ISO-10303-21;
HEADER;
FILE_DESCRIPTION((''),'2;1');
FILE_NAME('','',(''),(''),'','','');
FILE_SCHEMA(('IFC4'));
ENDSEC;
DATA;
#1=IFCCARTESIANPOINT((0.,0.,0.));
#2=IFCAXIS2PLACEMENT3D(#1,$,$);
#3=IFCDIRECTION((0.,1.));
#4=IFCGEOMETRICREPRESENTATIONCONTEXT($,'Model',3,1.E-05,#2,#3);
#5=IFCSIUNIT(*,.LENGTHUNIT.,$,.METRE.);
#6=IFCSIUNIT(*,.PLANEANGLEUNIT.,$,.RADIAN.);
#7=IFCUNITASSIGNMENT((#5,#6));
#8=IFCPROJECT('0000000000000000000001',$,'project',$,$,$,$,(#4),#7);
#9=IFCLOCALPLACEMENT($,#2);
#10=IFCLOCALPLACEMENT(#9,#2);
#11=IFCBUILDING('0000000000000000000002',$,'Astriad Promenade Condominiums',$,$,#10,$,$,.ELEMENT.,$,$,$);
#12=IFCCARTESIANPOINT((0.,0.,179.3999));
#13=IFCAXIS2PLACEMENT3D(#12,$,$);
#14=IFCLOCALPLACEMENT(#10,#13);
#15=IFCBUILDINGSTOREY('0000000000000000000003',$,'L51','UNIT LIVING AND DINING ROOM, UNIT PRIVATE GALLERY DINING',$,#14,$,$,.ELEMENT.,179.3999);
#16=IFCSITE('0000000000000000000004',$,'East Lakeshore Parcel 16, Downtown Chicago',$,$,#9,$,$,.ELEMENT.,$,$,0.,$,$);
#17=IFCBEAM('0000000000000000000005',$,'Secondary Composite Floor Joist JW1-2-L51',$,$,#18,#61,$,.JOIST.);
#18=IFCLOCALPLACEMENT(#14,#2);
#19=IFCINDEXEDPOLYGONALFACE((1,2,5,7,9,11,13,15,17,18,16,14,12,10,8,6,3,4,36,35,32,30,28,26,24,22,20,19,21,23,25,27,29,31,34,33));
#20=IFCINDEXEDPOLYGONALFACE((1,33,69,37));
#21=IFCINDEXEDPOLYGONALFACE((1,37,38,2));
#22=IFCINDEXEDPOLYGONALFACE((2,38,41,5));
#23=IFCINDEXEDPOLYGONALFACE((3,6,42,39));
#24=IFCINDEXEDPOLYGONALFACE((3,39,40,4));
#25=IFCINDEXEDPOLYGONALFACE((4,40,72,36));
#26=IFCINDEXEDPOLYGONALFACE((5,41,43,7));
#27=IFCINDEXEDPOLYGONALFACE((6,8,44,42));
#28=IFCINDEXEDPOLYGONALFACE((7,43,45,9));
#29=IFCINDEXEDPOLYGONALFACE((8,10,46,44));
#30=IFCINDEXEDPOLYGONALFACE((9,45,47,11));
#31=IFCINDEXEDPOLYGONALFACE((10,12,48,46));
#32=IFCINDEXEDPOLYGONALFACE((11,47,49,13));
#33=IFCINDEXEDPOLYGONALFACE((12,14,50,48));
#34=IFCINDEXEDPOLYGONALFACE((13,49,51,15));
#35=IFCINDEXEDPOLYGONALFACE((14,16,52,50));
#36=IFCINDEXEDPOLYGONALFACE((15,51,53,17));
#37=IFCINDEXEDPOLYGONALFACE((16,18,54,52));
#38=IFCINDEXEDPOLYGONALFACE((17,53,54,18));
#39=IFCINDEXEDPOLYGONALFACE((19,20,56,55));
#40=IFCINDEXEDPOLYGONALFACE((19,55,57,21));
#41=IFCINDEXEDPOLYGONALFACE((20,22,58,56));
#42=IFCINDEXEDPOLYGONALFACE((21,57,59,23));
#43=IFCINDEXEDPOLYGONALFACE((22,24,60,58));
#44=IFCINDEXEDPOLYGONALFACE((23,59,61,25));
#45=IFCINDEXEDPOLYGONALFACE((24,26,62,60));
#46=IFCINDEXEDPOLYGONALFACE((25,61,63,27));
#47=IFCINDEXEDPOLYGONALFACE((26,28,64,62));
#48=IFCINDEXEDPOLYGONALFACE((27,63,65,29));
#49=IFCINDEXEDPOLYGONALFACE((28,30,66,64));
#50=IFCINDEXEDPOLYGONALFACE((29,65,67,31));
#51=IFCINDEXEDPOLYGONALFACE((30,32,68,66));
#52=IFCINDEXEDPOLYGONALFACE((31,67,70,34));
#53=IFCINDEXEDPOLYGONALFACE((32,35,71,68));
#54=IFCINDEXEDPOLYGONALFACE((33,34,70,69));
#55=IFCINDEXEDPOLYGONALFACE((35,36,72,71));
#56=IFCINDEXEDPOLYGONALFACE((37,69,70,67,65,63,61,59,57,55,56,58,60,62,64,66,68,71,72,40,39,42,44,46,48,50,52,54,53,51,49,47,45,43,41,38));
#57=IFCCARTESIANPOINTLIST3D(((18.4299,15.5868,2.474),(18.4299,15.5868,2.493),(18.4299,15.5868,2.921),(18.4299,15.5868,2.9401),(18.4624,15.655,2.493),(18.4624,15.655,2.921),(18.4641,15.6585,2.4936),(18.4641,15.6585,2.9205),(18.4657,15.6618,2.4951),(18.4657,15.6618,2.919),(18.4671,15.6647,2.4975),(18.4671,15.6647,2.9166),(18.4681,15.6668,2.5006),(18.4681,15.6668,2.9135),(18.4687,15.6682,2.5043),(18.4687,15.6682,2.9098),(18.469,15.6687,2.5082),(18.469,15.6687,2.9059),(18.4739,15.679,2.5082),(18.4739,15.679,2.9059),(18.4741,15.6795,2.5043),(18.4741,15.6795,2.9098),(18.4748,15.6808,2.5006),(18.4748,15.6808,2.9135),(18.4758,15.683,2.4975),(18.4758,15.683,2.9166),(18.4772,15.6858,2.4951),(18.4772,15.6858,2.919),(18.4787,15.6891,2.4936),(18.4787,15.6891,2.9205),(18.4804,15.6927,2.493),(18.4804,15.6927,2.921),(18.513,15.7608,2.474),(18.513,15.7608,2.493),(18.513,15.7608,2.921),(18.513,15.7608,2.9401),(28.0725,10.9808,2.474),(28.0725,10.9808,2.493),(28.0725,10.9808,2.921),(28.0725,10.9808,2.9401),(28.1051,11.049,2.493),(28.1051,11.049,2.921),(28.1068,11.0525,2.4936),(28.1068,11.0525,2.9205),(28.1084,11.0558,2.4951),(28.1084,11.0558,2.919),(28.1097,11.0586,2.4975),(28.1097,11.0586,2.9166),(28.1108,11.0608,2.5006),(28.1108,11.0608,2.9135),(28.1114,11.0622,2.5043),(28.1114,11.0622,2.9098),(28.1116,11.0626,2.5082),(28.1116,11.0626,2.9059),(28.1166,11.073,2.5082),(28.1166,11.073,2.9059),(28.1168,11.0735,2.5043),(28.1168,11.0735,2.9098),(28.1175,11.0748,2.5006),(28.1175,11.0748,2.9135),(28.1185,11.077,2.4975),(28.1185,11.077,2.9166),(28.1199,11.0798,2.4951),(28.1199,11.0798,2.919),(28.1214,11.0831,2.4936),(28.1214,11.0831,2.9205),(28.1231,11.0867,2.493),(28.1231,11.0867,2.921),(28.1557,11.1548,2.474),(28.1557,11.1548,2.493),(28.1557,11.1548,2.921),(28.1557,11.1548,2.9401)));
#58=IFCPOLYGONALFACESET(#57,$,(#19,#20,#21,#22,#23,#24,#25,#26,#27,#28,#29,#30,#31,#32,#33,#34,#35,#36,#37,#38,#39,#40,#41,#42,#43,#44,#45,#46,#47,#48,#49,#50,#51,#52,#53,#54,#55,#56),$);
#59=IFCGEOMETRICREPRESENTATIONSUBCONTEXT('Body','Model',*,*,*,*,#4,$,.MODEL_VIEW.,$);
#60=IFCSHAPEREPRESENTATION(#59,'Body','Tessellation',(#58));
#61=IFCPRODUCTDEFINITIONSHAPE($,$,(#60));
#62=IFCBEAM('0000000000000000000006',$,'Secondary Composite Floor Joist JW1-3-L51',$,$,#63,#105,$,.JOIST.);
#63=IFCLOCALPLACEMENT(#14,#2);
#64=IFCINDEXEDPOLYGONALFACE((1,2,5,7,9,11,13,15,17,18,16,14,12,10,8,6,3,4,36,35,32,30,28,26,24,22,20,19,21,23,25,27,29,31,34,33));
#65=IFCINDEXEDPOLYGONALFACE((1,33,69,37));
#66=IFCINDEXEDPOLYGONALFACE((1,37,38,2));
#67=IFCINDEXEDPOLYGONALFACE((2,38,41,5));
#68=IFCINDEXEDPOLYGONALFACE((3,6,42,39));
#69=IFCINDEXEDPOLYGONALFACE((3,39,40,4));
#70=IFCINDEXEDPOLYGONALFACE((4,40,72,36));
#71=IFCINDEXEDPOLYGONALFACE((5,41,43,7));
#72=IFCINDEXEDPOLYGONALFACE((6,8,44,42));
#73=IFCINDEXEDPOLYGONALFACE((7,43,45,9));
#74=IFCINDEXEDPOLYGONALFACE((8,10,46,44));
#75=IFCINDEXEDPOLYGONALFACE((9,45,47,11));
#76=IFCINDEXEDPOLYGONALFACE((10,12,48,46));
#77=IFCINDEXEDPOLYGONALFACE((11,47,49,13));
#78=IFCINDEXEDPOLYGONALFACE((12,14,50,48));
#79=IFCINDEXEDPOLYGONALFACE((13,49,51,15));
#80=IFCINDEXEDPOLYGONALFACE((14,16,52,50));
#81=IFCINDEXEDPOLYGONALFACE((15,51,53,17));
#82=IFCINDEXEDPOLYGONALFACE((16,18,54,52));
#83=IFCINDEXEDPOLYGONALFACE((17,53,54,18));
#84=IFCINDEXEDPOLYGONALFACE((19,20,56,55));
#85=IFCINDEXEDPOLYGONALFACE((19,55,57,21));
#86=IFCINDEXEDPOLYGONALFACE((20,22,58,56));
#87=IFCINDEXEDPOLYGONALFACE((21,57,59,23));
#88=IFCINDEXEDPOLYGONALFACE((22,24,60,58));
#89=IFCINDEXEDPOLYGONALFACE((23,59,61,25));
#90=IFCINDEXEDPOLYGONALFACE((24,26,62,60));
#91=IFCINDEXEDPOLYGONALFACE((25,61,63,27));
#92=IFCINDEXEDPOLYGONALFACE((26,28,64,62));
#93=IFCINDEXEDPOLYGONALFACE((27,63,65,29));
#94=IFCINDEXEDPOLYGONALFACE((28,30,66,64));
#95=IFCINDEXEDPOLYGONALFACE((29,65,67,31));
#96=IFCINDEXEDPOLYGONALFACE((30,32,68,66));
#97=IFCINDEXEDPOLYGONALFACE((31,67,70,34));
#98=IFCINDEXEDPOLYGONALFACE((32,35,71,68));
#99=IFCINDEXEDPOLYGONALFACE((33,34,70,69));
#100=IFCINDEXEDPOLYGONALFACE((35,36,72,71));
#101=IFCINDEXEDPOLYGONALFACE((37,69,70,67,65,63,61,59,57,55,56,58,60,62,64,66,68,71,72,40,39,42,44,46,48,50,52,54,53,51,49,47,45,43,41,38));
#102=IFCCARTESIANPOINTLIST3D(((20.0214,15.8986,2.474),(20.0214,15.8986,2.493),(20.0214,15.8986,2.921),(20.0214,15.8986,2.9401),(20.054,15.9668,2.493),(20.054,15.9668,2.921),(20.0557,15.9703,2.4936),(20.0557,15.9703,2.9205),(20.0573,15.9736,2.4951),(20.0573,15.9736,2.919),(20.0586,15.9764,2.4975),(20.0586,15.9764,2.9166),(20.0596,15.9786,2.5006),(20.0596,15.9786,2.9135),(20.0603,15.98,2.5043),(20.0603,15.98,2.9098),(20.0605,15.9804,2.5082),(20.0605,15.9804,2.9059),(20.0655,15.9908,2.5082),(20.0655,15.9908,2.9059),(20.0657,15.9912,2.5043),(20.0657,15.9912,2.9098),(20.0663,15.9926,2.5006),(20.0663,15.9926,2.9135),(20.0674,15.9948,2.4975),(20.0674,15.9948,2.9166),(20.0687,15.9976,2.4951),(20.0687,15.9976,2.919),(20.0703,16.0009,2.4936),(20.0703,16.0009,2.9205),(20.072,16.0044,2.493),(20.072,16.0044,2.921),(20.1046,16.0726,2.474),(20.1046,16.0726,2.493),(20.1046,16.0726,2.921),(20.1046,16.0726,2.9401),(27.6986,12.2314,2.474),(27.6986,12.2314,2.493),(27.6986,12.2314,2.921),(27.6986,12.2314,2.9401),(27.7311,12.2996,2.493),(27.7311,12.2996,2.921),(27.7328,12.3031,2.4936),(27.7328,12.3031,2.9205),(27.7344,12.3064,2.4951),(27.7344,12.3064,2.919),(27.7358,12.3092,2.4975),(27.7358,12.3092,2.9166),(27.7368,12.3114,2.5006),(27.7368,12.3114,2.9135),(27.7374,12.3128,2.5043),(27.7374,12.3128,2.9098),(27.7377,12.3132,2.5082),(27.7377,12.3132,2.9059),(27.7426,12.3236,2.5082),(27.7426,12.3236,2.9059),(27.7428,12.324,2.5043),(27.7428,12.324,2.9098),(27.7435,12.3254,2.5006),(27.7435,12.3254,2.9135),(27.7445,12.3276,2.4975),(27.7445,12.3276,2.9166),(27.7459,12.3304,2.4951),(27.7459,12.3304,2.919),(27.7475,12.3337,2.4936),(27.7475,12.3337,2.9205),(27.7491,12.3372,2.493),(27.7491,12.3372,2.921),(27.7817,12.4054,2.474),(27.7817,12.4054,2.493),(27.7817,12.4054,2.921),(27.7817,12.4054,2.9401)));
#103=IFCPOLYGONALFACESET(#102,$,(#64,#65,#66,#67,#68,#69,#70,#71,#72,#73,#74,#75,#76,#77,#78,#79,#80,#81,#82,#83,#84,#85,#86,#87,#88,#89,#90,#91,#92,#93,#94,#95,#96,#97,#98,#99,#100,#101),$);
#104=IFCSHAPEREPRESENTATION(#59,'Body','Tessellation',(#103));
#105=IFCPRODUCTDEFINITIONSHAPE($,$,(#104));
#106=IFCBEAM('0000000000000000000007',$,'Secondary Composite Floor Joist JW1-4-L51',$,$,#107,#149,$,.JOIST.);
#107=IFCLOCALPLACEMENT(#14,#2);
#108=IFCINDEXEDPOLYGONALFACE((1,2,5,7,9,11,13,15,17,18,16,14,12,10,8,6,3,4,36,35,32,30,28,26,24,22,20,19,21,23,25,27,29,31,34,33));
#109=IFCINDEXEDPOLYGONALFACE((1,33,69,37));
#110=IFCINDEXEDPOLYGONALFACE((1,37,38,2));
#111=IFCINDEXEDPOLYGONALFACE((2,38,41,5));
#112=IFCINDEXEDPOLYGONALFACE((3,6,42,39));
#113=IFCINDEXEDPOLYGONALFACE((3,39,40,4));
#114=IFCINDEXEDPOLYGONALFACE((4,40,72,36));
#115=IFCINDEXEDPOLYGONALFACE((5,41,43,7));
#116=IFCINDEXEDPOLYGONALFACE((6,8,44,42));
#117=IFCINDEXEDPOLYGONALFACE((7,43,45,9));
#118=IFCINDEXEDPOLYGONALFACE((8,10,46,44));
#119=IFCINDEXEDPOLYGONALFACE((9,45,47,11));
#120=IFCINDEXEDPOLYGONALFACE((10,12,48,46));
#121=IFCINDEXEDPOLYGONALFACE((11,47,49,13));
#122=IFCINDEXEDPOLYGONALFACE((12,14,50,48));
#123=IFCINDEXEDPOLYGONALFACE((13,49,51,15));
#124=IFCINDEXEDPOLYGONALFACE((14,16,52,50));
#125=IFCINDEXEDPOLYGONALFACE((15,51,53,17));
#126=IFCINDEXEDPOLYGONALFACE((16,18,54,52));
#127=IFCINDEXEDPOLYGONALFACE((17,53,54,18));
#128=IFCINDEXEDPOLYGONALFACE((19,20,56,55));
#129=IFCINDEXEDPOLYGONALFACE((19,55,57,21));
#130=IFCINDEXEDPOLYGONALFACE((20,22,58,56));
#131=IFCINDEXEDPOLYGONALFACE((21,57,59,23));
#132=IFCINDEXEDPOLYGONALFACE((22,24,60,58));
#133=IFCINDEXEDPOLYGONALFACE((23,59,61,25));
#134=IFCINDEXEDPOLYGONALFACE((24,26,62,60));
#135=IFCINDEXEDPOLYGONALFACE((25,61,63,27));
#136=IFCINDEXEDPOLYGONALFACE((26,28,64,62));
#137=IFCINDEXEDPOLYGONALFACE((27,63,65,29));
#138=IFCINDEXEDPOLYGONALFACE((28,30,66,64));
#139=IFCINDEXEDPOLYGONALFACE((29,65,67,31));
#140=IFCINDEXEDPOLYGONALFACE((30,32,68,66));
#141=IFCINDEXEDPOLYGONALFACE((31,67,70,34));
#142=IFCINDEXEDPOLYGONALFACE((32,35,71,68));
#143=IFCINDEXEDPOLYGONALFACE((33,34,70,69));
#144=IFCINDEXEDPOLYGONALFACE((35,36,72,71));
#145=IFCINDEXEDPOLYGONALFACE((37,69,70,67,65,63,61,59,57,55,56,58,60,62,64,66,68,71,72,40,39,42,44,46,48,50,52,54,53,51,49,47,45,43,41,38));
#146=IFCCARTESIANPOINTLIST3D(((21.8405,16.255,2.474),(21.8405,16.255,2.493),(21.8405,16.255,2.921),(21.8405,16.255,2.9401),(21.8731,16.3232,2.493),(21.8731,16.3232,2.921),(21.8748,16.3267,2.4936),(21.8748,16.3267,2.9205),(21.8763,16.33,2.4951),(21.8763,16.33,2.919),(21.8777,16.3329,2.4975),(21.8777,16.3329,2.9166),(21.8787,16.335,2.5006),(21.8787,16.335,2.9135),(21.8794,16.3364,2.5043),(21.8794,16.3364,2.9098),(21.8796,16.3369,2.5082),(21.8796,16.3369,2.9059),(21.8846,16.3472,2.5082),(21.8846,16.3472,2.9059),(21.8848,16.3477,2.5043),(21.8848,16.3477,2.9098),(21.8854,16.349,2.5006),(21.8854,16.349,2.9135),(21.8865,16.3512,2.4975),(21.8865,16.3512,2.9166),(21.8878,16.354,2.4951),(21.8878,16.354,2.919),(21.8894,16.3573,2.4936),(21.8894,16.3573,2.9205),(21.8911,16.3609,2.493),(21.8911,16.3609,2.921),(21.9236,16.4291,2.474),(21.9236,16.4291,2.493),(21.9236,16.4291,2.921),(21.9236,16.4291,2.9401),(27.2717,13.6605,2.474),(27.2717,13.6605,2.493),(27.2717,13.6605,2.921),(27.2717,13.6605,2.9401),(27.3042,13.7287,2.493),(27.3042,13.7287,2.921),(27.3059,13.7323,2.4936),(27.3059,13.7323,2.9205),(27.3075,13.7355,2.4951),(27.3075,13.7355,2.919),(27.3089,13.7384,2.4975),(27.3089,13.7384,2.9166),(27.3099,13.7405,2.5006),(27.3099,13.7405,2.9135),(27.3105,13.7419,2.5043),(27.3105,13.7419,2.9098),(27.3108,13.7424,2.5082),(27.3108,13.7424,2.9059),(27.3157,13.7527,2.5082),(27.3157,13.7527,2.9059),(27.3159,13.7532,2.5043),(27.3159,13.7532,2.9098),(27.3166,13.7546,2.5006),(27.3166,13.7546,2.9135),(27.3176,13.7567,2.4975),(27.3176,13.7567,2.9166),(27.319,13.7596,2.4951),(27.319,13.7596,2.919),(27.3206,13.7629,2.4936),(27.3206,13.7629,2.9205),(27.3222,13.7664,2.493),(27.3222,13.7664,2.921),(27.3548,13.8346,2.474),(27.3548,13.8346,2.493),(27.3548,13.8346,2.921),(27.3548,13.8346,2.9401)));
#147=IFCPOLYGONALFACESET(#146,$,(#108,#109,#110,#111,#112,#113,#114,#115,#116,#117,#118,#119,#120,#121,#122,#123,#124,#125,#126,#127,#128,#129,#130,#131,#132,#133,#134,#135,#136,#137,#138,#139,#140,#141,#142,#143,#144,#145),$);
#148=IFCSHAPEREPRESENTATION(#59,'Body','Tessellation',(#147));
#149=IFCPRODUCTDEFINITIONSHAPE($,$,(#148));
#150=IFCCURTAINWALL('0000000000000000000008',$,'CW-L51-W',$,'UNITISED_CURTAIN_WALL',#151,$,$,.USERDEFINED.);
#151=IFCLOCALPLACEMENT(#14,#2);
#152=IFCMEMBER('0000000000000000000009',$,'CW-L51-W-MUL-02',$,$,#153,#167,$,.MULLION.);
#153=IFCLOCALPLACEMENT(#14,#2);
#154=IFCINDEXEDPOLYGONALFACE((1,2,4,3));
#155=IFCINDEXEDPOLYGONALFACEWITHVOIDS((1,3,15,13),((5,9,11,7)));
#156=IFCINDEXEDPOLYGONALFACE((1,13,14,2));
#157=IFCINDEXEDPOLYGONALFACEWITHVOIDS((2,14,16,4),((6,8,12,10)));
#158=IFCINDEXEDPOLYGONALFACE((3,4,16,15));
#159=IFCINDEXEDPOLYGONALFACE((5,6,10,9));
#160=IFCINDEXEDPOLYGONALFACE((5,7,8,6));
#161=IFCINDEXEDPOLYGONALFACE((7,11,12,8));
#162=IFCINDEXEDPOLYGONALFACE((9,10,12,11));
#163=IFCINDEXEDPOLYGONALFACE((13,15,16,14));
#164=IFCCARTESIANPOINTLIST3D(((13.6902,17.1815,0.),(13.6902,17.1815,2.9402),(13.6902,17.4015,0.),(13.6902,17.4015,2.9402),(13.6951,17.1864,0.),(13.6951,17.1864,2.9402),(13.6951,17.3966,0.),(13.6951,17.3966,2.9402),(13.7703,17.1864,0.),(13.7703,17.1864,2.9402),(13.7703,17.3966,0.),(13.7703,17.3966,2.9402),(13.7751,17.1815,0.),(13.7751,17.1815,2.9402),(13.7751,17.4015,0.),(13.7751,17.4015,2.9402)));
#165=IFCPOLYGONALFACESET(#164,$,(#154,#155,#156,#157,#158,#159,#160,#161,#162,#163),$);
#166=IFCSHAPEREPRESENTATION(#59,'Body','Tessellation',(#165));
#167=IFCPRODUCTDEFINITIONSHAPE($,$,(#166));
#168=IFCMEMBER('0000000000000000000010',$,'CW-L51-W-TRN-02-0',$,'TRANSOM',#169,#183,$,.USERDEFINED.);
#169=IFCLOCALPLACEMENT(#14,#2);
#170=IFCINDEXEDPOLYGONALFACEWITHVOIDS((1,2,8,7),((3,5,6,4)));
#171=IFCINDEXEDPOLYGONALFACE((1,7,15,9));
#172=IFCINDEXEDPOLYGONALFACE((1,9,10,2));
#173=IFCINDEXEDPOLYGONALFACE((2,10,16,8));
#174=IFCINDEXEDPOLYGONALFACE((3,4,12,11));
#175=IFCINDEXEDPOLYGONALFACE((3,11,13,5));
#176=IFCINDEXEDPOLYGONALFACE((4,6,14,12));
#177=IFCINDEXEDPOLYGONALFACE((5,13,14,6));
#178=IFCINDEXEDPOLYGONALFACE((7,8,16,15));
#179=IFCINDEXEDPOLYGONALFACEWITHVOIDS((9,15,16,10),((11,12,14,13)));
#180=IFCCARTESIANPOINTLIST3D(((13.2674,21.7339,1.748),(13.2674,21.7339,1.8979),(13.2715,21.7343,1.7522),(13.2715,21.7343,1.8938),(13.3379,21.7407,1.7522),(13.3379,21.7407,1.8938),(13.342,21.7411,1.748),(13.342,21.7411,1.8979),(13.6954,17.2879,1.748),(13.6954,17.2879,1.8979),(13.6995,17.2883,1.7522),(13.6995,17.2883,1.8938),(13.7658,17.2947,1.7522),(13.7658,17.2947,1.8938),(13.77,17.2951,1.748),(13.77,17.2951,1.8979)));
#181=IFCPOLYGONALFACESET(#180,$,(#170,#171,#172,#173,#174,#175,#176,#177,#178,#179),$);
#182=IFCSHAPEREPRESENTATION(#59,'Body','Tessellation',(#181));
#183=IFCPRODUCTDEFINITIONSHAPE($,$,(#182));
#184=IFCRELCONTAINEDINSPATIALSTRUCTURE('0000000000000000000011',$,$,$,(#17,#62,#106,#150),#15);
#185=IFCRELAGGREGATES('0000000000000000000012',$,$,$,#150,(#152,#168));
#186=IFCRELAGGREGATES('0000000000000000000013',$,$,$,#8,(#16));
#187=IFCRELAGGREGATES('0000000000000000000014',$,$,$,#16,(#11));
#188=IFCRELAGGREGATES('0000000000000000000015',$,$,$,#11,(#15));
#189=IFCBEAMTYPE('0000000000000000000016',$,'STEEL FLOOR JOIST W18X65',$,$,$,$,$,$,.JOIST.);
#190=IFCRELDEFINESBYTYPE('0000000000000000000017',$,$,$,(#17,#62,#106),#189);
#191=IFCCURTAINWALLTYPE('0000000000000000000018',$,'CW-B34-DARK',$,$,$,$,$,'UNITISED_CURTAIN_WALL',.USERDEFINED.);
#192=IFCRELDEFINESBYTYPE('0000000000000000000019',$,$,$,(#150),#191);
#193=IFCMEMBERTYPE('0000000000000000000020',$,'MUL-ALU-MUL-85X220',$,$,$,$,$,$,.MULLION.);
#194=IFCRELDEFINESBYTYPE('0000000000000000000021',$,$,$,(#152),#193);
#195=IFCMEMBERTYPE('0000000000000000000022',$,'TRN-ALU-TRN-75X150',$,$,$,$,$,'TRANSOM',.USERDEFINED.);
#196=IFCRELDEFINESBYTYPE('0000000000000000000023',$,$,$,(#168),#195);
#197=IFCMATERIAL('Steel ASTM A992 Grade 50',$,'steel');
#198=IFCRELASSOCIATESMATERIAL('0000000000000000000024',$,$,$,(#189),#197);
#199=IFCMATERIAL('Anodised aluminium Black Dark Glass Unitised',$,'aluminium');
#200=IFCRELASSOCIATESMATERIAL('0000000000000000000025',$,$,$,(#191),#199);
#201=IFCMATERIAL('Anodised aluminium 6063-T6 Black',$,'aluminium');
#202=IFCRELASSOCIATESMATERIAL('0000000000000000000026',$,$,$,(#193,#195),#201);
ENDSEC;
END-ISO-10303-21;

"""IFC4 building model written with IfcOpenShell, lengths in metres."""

from ifc_helpers import new_model, si_unit, direction, frame, origin, origin_2d, place, context, subcontext, project, spatial, hollow_rectangle, i_section, extrude, source, transform, mapped, material, material_profile, profile_set, type_object, type_shapes, element, aggregate, save


model = new_model("IFC4")

# Units and contexts
model_context = context("Model", 3, precision=1e-05, world=origin(), true_north=direction((0.0, 1.0)))
body_context = subcontext(model_context, "Body", "Model", "MODEL_VIEW")
ifc_project = project(units=[si_unit("LENGTHUNIT", "METRE"), si_unit("PLANEANGLEUNIT", "RADIAN")], contexts=[model_context])

# Site, building, storey
site_placement = place(None, origin())
site = spatial("IfcSite", under=ifc_project, at=site_placement, Name="East Lakeshore Parcel 16, Downtown Chicago", CompositionType="ELEMENT", RefElevation=0.0)
building_placement = place(site_placement, origin())
building = spatial("IfcBuilding", under=site, at=building_placement, Name="Astriad Promenade Condominiums", CompositionType="ELEMENT")
storey_placement = place(building_placement, frame((0.0, 0.0, 179.3999)))
storey = spatial("IfcBuildingStorey", under=building, at=storey_placement, Name="L51", Description="UNIT LIVING AND DINING ROOM, UNIT PRIVATE GALLERY DINING", CompositionType="ELEMENT", Elevation=179.3999)

# Beams
ifc_material_1 = material(Name="Steel ASTM A992 Grade 50", Category="steel")
ifc_material_profile_1 = material_profile(ifc_material_1, i_section(OverallWidth=0.1929, OverallDepth=0.4661, WebThickness=0.0115, FlangeThickness=0.019, FilletRadius=0.0151, at=origin_2d()), Name="W18X65")
ifc_profile_set_1 = profile_set([ifc_material_profile_1], Name="Steel ASTM A992 Grade 50")
beam_type_1 = type_object("IfcBeamType", Name="STEEL FLOOR JOIST W18X65", PredefinedType="JOIST", material=ifc_profile_set_1)
shared_shape_1 = source(origin(), body_context, "Body", "SweptSolid", [
    extrude(i_section(OverallWidth=0.1929, OverallDepth=0.4661, WebThickness=0.0115, FlangeThickness=0.019, FilletRadius=0.0151, at=origin_2d()), origin(), (0.0, 0.0, 1.0), 10.6863),
])
beam_1_placement = place(storey_placement, frame((18.4714, 15.6738, 2.707), z_axis=(0.902342, -0.431021, 0.0), x_axis=(0.431021, 0.902342, 0.0)))
element("IfcBeam", 1, at=beam_1_placement, inside=storey, type_object=beam_type_1, Name="Secondary Composite Floor Joist JW1-2-L51", PredefinedType="JOIST", context=body_context, shape_type="MappedRepresentation", body=[
    mapped(shared_shape_1, transform((0.0, 0.0, 0.0), scale=1.0)),
])
shared_shape_2 = source(origin(), body_context, "Body", "SweptSolid", [
    extrude(i_section(OverallWidth=0.1929, OverallDepth=0.4661, WebThickness=0.0115, FlangeThickness=0.019, FilletRadius=0.0151, at=origin_2d()), origin(), (0.0, 0.0, 1.0), 8.5081),
])
beam_2_placement = place(storey_placement, frame((20.063, 15.9856, 2.707), z_axis=(0.90234, -0.431026, 0.0), x_axis=(0.431026, 0.90234, 0.0)))
element("IfcBeam", 2, at=beam_2_placement, inside=storey, type_object=beam_type_1, Name="Secondary Composite Floor Joist JW1-3-L51", PredefinedType="JOIST", context=body_context, shape_type="MappedRepresentation", body=[
    mapped(shared_shape_2, transform((0.0, 0.0, 0.0), scale=1.0)),
])
shared_shape_3 = source(origin(), body_context, "Body", "SweptSolid", [
    extrude(i_section(OverallWidth=0.1929, OverallDepth=0.4661, WebThickness=0.0115, FlangeThickness=0.019, FilletRadius=0.0151, at=origin_2d()), origin(), (0.0, 0.0, 1.0), 6.019),
])
beam_3_placement = place(storey_placement, frame((21.8821, 16.342, 2.707), z_axis=(0.90233, -0.431046, 0.0), x_axis=(0.431046, 0.90233, 0.0)))
element("IfcBeam", 3, at=beam_3_placement, inside=storey, type_object=beam_type_1, Name="Secondary Composite Floor Joist JW1-4-L51", PredefinedType="JOIST", context=body_context, shape_type="MappedRepresentation", body=[
    mapped(shared_shape_3, transform((0.0, 0.0, 0.0), scale=1.0)),
])

# Curtain wall, members
ifc_material_2 = material(Name="Anodised aluminium Black Dark Glass Unitised", Category="aluminium")
curtain_wall_type = type_object("IfcCurtainWallType", Name="CW-B34-DARK", ElementType="UNITISED_CURTAIN_WALL", PredefinedType="USERDEFINED", material=ifc_material_2)
curtain_wall_placement = place(storey_placement, origin())
curtain_wall = element("IfcCurtainWall", 4, at=curtain_wall_placement, inside=storey, type_object=curtain_wall_type, Name="CW-L51-W", ObjectType="UNITISED_CURTAIN_WALL", PredefinedType="USERDEFINED")
ifc_material_3 = material(Name="Anodised aluminium 6063-T6 Black", Category="aluminium")
ifc_material_profile_2 = material_profile(ifc_material_3, hollow_rectangle(XDim=0.085, YDim=0.22, WallThickness=0.0049, at=origin_2d()), Name="ALU-MUL-85X220")
ifc_profile_set_2 = profile_set([ifc_material_profile_2], Name="Anodised aluminium 6063-T6 Black")
member_type_1 = type_object("IfcMemberType", Name="MUL-ALU-MUL-85X220", PredefinedType="MULLION", material=ifc_profile_set_2)
shared_shape_4 = source(origin(), body_context, "Body", "SweptSolid", [
    extrude(hollow_rectangle(XDim=0.085, YDim=0.22, WallThickness=0.0049, at=origin_2d()), origin(), (0.0, 0.0, 1.0), 2.9402),
])
type_shapes(member_type_1, [shared_shape_4])
member_1_placement = place(storey_placement, frame((13.7327, 17.2915, 0.0), z_axis=(0.0, 0.0, 1.0), x_axis=(1.0, 0.0, 0.0)))
member_1 = element("IfcMember", 5, at=member_1_placement, type_object=member_type_1, Name="CW-L51-W-MUL-02", PredefinedType="MULLION", context=body_context, shape_type="MappedRepresentation", body=[
    mapped(shared_shape_4, transform((0.0, 0.0, 0.0), scale=1.0)),
])
ifc_material_profile_3 = material_profile(ifc_material_3, hollow_rectangle(XDim=0.075, YDim=0.1499, WallThickness=0.0042, at=origin_2d()), Name="ALU-TRN-75X150")
ifc_profile_set_3 = profile_set([ifc_material_profile_3], Name="Anodised aluminium 6063-T6 Black")
member_type_2 = type_object("IfcMemberType", Name="TRN-ALU-TRN-75X150", ElementType="TRANSOM", PredefinedType="USERDEFINED", material=ifc_profile_set_3)
shared_shape_5 = source(origin(), body_context, "Body", "SweptSolid", [
    extrude(hollow_rectangle(XDim=0.075, YDim=0.1499, WallThickness=0.0042, at=origin_2d()), origin(), (0.0, 0.0, 1.0), 4.4666),
])
type_shapes(member_type_2, [shared_shape_5])
member_2_placement = place(storey_placement, frame((13.7327, 17.2915, 1.823), z_axis=(-0.095818, 0.995399, 0.0), x_axis=(-0.995399, -0.095818, 0.0)))
member_2 = element("IfcMember", 6, at=member_2_placement, type_object=member_type_2, Name="CW-L51-W-TRN-02-0", ObjectType="TRANSOM", PredefinedType="USERDEFINED", context=body_context, shape_type="MappedRepresentation", body=[
    mapped(shared_shape_5, transform((0.0, 0.0, 0.0), scale=1.0)),
])
aggregate(curtain_wall, [member_1, member_2])

save(model, "model.ifc")
